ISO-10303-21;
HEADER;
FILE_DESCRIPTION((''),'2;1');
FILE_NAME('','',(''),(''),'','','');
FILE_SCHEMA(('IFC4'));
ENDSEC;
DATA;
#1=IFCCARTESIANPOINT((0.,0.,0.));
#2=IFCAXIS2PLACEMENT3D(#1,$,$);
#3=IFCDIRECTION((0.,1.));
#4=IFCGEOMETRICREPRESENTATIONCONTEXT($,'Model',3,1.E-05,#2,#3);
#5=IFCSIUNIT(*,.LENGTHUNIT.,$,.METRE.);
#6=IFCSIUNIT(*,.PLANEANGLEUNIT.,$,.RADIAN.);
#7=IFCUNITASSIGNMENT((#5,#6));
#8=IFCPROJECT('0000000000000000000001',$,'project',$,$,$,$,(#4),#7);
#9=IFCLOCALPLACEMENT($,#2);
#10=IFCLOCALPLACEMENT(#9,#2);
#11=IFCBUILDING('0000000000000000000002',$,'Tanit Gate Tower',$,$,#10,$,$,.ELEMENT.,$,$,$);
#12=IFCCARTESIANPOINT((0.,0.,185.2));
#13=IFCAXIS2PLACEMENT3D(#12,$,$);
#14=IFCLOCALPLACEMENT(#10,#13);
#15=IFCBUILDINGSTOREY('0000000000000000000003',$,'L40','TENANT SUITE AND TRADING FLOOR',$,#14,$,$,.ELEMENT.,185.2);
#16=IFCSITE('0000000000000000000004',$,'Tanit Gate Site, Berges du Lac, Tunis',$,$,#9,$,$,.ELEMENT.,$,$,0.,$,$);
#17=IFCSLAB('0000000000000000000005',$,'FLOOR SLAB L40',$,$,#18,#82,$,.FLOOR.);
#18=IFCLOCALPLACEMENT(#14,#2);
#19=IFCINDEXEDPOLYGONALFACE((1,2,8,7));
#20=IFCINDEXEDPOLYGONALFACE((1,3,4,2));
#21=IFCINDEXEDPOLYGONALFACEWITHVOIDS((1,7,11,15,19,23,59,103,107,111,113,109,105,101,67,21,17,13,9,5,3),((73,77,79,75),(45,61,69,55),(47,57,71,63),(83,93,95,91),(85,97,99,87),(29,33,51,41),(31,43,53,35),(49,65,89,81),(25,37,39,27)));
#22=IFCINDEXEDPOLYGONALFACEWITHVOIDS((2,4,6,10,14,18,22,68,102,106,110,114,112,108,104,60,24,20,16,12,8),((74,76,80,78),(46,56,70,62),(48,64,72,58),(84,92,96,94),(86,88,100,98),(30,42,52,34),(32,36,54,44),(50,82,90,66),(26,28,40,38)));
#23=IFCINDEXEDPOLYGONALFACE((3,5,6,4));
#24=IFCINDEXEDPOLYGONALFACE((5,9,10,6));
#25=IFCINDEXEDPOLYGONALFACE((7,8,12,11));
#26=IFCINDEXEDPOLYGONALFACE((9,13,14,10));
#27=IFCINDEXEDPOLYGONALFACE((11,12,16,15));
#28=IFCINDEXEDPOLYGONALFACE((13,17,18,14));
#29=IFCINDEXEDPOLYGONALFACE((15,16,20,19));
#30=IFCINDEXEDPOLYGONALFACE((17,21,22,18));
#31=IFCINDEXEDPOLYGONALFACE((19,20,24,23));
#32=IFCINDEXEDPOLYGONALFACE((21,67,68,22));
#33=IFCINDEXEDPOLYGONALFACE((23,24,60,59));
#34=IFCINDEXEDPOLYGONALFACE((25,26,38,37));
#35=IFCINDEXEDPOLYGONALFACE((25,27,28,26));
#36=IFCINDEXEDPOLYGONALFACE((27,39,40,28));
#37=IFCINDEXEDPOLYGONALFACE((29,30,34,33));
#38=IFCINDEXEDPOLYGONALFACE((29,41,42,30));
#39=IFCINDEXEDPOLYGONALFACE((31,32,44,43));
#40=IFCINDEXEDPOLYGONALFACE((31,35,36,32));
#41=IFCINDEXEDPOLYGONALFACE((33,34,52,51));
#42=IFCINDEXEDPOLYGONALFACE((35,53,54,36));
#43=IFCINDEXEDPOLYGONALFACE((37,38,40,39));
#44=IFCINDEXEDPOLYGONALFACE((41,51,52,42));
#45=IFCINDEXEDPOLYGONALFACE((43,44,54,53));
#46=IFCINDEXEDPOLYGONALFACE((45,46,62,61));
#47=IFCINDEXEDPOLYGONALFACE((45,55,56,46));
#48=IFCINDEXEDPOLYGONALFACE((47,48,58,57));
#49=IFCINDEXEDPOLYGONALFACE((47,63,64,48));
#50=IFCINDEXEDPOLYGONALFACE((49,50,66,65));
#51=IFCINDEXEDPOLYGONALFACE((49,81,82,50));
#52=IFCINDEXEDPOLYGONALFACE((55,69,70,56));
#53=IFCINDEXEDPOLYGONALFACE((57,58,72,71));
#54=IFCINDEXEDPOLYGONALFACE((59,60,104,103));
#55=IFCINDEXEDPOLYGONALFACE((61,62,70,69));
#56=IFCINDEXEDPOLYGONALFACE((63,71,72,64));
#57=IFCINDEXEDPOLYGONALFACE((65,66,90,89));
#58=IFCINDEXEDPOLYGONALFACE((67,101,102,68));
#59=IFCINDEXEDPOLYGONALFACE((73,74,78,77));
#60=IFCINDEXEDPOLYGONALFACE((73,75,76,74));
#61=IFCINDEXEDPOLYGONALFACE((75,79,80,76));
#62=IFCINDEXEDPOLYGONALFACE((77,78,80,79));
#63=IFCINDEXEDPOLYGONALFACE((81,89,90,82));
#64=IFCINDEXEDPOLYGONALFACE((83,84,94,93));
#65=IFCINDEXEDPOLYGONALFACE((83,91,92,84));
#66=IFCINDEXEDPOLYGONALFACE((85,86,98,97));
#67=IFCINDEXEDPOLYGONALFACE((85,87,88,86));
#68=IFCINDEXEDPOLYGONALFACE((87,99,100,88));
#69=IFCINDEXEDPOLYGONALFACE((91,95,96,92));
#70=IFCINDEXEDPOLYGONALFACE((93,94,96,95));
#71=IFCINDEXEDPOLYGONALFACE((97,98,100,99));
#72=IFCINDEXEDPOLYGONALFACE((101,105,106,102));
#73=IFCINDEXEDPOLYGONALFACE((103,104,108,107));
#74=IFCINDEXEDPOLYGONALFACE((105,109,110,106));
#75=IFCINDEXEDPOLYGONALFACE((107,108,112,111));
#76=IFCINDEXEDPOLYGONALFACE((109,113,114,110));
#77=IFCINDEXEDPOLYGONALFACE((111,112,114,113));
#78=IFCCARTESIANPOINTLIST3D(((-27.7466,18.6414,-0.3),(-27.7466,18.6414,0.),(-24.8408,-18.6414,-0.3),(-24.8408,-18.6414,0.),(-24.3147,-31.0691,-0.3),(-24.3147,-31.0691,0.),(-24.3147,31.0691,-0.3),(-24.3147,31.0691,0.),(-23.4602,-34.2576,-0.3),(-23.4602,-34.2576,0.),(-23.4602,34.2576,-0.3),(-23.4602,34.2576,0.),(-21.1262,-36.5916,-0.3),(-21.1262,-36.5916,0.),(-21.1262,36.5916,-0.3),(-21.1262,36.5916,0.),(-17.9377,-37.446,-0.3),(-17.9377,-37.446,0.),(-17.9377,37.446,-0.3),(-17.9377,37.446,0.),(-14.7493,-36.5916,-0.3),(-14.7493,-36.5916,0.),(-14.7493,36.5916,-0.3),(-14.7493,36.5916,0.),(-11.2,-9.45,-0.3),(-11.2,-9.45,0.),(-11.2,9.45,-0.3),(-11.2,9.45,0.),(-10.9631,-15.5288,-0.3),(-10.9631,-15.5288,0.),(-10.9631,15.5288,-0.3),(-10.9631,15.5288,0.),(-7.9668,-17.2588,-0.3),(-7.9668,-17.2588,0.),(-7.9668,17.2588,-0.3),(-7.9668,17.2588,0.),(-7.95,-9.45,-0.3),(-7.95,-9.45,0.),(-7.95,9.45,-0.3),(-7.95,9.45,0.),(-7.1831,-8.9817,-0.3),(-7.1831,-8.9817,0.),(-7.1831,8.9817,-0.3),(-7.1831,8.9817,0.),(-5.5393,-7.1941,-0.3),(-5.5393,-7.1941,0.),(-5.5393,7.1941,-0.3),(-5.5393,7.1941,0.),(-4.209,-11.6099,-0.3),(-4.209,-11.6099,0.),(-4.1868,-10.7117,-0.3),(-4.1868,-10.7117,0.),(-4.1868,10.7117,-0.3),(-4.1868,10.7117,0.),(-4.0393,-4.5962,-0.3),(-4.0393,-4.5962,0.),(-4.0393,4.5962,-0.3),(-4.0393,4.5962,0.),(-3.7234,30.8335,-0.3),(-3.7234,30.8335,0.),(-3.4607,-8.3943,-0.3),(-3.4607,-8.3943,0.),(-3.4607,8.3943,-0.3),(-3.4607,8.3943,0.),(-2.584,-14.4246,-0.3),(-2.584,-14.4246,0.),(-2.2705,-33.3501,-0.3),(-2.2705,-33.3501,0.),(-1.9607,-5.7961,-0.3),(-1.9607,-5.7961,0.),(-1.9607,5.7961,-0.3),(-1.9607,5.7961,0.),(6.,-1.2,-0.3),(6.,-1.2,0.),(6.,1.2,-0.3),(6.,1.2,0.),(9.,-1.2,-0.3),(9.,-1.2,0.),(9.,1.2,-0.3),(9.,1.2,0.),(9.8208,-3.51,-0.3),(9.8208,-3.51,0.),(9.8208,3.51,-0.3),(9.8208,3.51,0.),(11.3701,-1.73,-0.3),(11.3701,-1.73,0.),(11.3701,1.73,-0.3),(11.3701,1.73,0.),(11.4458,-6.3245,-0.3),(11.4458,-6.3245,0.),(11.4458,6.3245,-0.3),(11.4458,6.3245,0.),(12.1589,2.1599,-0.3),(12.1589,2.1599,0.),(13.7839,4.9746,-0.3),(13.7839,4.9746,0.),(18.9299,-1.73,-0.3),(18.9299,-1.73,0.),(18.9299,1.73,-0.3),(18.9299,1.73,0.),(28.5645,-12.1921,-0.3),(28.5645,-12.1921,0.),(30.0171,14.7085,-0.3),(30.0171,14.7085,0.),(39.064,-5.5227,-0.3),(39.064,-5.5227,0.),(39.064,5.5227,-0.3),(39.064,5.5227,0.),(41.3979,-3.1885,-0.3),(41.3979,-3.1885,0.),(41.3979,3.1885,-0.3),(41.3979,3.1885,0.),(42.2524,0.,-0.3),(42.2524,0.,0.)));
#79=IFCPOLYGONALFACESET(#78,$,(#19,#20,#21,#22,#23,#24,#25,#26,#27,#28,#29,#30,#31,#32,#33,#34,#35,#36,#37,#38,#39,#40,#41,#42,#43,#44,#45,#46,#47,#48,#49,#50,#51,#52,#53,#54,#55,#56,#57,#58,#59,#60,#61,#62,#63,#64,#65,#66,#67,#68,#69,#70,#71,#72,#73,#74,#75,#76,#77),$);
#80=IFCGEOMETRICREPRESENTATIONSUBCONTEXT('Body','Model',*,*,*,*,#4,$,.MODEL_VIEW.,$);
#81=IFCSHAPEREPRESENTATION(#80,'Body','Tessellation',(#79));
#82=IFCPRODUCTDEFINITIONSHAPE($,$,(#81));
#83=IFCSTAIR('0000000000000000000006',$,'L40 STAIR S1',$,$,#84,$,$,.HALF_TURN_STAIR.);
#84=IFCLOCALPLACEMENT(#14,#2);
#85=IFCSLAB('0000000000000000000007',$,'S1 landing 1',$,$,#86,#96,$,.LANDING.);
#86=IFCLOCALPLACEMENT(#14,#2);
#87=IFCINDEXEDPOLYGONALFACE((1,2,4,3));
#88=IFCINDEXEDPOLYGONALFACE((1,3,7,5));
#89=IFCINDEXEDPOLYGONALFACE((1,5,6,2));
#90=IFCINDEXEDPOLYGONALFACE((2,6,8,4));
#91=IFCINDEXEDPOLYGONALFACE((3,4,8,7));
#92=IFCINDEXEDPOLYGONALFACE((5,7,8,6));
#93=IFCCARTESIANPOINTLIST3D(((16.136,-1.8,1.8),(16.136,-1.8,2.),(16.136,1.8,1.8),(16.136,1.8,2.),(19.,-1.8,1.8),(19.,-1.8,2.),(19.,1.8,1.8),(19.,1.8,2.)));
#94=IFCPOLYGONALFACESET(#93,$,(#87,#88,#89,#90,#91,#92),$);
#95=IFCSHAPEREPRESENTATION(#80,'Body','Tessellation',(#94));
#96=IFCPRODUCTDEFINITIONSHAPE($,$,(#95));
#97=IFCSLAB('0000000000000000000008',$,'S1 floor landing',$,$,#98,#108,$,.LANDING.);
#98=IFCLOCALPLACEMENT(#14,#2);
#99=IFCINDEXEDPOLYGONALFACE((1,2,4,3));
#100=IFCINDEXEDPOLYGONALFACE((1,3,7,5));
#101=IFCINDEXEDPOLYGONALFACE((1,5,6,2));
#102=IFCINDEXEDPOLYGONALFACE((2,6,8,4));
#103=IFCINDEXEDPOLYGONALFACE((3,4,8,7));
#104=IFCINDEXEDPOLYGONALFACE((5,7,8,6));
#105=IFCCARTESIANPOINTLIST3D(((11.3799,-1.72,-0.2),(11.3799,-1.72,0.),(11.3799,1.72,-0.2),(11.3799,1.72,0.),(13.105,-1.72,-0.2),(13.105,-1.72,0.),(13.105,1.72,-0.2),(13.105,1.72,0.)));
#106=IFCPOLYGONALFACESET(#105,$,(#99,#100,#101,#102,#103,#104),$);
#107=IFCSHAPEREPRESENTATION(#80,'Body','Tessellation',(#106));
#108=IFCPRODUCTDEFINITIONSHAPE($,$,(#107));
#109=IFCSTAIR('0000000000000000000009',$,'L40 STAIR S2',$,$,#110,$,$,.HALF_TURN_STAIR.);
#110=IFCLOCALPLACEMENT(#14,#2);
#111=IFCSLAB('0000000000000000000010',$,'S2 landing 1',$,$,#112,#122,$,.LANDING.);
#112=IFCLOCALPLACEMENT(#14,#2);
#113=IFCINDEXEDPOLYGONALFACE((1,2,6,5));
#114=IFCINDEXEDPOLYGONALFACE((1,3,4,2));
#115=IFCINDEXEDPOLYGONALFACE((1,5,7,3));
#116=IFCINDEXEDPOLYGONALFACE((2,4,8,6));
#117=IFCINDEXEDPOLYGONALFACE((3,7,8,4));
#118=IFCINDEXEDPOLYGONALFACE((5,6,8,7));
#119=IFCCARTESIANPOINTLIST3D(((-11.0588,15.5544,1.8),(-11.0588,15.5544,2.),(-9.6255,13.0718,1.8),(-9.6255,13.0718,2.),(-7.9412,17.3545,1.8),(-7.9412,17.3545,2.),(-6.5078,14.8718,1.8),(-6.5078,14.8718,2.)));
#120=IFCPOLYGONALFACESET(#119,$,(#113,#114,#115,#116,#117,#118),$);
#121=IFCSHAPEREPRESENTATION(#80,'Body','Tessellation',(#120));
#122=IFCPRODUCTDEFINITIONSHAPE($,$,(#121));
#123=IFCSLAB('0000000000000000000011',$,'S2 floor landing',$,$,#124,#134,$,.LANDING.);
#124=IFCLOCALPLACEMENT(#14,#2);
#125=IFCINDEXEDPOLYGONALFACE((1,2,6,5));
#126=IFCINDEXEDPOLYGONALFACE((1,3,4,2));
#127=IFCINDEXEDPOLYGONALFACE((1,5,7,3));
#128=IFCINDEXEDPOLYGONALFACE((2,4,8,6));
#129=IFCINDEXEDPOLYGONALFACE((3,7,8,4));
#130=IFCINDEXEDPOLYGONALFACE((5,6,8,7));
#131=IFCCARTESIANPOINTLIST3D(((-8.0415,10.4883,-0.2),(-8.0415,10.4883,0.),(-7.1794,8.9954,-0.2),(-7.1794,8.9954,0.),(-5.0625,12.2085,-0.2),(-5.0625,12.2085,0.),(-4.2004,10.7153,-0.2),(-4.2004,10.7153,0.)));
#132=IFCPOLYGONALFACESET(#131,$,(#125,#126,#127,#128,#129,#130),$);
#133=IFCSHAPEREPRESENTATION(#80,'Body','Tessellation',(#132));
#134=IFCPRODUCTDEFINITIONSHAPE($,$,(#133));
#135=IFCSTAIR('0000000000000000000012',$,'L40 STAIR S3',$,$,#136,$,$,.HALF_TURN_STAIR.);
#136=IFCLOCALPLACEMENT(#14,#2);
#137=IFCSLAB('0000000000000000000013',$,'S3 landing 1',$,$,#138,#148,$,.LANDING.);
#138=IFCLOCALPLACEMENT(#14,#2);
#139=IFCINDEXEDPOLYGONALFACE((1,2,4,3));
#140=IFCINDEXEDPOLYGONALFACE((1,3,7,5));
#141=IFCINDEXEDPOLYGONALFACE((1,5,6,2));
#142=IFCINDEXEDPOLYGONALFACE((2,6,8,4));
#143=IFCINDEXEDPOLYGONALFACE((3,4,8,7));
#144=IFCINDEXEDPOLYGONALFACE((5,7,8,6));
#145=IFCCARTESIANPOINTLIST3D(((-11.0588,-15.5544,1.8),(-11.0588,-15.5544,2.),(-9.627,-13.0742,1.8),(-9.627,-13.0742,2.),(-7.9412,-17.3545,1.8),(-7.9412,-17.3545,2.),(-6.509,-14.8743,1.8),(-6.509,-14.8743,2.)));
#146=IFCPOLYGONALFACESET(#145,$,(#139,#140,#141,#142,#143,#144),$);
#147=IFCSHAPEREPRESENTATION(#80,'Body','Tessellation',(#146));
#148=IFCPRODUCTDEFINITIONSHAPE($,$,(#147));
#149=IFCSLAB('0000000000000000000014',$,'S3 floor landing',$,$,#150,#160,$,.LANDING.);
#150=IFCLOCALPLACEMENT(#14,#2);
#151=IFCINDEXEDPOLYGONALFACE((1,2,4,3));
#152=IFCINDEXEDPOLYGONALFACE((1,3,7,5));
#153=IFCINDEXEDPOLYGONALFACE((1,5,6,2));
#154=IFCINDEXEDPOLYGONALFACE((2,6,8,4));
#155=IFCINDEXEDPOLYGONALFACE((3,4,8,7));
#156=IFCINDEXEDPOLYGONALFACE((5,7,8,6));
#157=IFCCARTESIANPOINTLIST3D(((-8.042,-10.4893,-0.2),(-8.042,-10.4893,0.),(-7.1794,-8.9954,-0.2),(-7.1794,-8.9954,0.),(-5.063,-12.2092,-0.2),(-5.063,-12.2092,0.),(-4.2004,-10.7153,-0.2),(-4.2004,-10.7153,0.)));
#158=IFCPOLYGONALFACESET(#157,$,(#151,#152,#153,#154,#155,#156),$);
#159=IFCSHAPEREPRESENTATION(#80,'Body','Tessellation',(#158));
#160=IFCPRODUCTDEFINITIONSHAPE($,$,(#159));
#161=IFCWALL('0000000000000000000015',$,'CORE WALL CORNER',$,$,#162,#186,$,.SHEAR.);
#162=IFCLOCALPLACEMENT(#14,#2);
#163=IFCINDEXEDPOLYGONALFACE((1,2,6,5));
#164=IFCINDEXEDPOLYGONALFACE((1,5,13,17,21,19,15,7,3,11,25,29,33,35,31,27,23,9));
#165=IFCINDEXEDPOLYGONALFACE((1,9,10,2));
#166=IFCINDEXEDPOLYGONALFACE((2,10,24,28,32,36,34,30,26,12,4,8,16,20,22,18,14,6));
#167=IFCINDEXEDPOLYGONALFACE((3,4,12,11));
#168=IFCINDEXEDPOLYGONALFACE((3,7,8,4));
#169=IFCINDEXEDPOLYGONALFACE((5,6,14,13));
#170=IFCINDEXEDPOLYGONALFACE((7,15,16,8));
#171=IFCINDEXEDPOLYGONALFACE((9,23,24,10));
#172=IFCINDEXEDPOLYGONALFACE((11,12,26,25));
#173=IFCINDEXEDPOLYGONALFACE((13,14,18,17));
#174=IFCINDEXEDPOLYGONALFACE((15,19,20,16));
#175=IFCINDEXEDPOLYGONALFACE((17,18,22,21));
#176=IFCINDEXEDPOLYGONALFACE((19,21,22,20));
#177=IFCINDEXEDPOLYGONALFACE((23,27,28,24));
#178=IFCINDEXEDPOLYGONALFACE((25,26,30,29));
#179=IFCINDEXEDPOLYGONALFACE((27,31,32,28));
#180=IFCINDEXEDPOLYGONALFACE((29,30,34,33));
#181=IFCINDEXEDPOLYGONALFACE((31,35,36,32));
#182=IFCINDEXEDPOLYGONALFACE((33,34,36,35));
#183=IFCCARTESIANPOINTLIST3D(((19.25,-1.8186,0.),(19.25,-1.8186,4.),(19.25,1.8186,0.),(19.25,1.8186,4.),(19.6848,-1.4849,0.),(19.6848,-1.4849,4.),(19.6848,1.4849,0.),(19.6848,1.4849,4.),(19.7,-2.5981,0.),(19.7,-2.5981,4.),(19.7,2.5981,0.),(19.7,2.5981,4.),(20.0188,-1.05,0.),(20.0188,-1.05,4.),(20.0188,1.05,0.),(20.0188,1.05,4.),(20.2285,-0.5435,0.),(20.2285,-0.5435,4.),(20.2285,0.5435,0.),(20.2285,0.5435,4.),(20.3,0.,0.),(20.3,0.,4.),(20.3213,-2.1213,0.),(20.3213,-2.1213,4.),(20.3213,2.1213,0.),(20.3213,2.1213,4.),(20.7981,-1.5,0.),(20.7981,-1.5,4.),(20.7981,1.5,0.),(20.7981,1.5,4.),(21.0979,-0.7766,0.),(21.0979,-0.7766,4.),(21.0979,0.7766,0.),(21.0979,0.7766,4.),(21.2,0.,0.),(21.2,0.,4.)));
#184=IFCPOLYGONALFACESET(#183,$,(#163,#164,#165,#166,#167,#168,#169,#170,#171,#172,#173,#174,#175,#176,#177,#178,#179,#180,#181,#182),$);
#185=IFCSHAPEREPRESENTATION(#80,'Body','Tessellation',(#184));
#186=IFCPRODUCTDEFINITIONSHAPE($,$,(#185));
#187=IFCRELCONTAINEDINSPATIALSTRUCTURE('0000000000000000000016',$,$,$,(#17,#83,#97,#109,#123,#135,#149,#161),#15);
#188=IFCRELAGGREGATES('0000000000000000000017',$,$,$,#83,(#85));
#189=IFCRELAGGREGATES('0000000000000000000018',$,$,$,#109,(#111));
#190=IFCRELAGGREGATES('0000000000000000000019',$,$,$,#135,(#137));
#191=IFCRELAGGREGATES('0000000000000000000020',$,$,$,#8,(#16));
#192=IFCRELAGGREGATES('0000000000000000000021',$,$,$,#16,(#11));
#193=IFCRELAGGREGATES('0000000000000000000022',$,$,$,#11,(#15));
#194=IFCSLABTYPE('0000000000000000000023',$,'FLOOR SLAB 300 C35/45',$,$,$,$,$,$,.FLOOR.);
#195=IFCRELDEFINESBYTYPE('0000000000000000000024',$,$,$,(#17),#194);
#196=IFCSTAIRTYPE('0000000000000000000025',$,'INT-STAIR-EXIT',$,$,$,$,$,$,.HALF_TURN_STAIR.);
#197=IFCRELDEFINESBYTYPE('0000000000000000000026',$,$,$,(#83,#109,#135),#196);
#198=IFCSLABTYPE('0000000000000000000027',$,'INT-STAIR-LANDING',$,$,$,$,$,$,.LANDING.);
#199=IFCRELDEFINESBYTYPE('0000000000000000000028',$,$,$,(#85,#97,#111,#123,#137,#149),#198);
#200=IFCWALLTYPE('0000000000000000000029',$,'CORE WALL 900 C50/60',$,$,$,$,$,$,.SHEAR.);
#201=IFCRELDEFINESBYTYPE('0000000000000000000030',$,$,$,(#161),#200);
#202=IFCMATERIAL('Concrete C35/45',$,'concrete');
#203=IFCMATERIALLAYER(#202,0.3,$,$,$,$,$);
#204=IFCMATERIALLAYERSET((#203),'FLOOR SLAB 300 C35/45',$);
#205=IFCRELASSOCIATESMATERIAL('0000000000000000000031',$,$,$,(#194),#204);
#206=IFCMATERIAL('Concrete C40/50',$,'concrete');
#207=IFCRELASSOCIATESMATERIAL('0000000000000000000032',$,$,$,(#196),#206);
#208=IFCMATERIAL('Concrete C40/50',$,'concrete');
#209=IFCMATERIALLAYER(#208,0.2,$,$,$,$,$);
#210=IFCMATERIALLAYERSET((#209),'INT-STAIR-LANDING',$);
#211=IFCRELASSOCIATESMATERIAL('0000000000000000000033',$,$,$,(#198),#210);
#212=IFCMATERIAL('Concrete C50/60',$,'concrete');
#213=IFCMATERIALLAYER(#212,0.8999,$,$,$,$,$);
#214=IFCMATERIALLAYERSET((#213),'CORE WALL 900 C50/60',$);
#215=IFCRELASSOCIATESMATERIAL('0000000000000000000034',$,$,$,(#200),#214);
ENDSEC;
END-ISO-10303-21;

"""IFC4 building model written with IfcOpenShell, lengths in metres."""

from ifc_helpers import new_model, si_unit, direction, frame, origin, place, context, subcontext, project, spatial, polyline, outline, extrude, material, layer, layer_set, type_object, element, aggregate, save


model = new_model("IFC4")

# Units and contexts
model_context = context("Model", 3, precision=1e-05, world=origin(), true_north=direction((0.0, 1.0)))
body_context = subcontext(model_context, "Body", "Model", "MODEL_VIEW")
ifc_project = project(units=[si_unit("LENGTHUNIT", "METRE"), si_unit("PLANEANGLEUNIT", "RADIAN")], contexts=[model_context])

# Site, building, storey
site_placement = place(None, origin())
site = spatial("IfcSite", under=ifc_project, at=site_placement, Name="Tanit Gate Site, Berges du Lac, Tunis", CompositionType="ELEMENT", RefElevation=0.0)
building_placement = place(site_placement, origin())
building = spatial("IfcBuilding", under=site, at=building_placement, Name="Tanit Gate Tower", CompositionType="ELEMENT")
storey_placement = place(building_placement, frame((0.0, 0.0, 185.2)))
storey = spatial("IfcBuildingStorey", under=building, at=storey_placement, Name="L40", Description="TENANT SUITE AND TRADING FLOOR", CompositionType="ELEMENT", Elevation=185.2)

# Slab
ifc_material_1 = material(Name="Concrete C35/45", Category="concrete")
ifc_layer_1 = layer(ifc_material_1, 0.3)
ifc_layer_set_1 = layer_set([ifc_layer_1], Name="FLOOR SLAB 300 C35/45")
slab_type_1 = type_object("IfcSlabType", Name="FLOOR SLAB 300 C35/45", PredefinedType="FLOOR", material=ifc_layer_set_1)
slab_1_placement = place(storey_placement, frame((0.0, 0.0, -0.3)))
element("IfcSlab", 1, at=slab_1_placement, inside=storey, type_object=slab_type_1, Name="FLOOR SLAB L40", PredefinedType="FLOOR", context=body_context, shape_type="SweptSolid", body=[
    extrude(outline(polyline([(39.064, 5.5227), (41.3979, 3.1885), (42.2524, 0.0), (41.3979, -3.1885), (39.064, -5.5227), (28.5645, -12.1921), (-2.2705, -33.3501), (-14.7493, -36.5916), (-17.9377, -37.446), (-21.1262, -36.5916), (-23.4602, -34.2576), (-24.3147, -31.0691), (-24.8408, -18.6414), (-27.7466, 18.6414), (-24.3147, 31.0691), (-23.4602, 34.2576), (-21.1262, 36.5916), (-17.9377, 37.446), (-14.7493, 36.5916), (-3.7234, 30.8335), (30.0171, 14.7085), (39.064, 5.5227)]), holes=[polyline([(11.3701, 1.73), (18.9299, 1.73), (18.9299, -1.73), (11.3701, -1.73), (11.3701, 1.73)]), polyline([(9.8208, 3.51), (11.4458, 6.3245), (13.7839, 4.9746), (12.1589, 2.1599), (9.8208, 3.51)]), polyline([(-4.209, -11.6099), (9.8208, -3.51), (11.4458, -6.3245), (-2.584, -14.4246), (-4.209, -11.6099)]), polyline([(6.0, 1.2), (9.0, 1.2), (9.0, -1.2), (6.0, -1.2), (6.0, 1.2)]), polyline([(-5.5393, 7.1941), (-3.4607, 8.3943), (-1.9607, 5.7961), (-4.0393, 4.5962), (-5.5393, 7.1941)]), polyline([(-1.9607, -5.7961), (-3.4607, -8.3943), (-5.5393, -7.1941), (-4.0393, -4.5962), (-1.9607, -5.7961)]), polyline([(-10.9631, 15.5288), (-7.9668, 17.2588), (-4.1868, 10.7117), (-7.1831, 8.9817), (-10.9631, 15.5288)]), polyline([(-4.1868, -10.7117), (-7.9668, -17.2588), (-10.9631, -15.5288), (-7.1831, -8.9817), (-4.1868, -10.7117)]), polyline([(-11.2, -9.45), (-11.2, 9.45), (-7.95, 9.45), (-7.95, -9.45), (-11.2, -9.45)])]), origin(), (0.0, 0.0, 1.0), 0.3),
])

# Stair, slab
ifc_material_2 = material(Name="Concrete C40/50", Category="concrete")
stair_type = type_object("IfcStairType", Name="INT-STAIR-EXIT", PredefinedType="HALF_TURN_STAIR", material=ifc_material_2)
stair_1_placement = place(storey_placement, origin())
stair_1 = element("IfcStair", 2, at=stair_1_placement, inside=storey, type_object=stair_type, Name="L40 STAIR S1", PredefinedType="HALF_TURN_STAIR")
ifc_material_3 = material(Name="Concrete C40/50", Category="concrete")
ifc_layer_2 = layer(ifc_material_3, 0.2)
ifc_layer_set_2 = layer_set([ifc_layer_2], Name="INT-STAIR-LANDING")
slab_type_2 = type_object("IfcSlabType", Name="INT-STAIR-LANDING", PredefinedType="LANDING", material=ifc_layer_set_2)
slab_2_placement = place(storey_placement, frame((0.0, 0.0, 1.8)))
slab_2 = element("IfcSlab", 3, at=slab_2_placement, type_object=slab_type_2, Name="S1 landing 1", PredefinedType="LANDING", context=body_context, shape_type="SweptSolid", body=[
    extrude(outline(polyline([(16.136, -1.8), (19.0, -1.8), (19.0, 1.8), (16.136, 1.8), (16.136, -1.8)])), origin(), (0.0, 0.0, 1.0), 0.2),
])
aggregate(stair_1, [slab_2])

# Slab
slab_3_placement = place(storey_placement, frame((0.0, 0.0, -0.2)))
element("IfcSlab", 4, at=slab_3_placement, inside=storey, type_object=slab_type_2, Name="S1 floor landing", PredefinedType="LANDING", context=body_context, shape_type="SweptSolid", body=[
    extrude(outline(polyline([(11.3799, -1.72), (13.105, -1.72), (13.105, 1.72), (11.3799, 1.72), (11.3799, -1.72)])), origin(), (0.0, 0.0, 1.0), 0.2),
])

# Stair, slab
stair_2_placement = place(storey_placement, origin())
stair_2 = element("IfcStair", 5, at=stair_2_placement, inside=storey, type_object=stair_type, Name="L40 STAIR S2", PredefinedType="HALF_TURN_STAIR")
slab_4_placement = place(storey_placement, frame((0.0, 0.0, 1.8)))
slab_4 = element("IfcSlab", 6, at=slab_4_placement, type_object=slab_type_2, Name="S2 landing 1", PredefinedType="LANDING", context=body_context, shape_type="SweptSolid", body=[
    extrude(outline(polyline([(-6.5078, 14.8718), (-7.9412, 17.3545), (-11.0588, 15.5544), (-9.6255, 13.0718), (-6.5078, 14.8718)])), origin(), (0.0, 0.0, 1.0), 0.2),
])
aggregate(stair_2, [slab_4])

# Slab
slab_5_placement = place(storey_placement, frame((0.0, 0.0, -0.2)))
element("IfcSlab", 7, at=slab_5_placement, inside=storey, type_object=slab_type_2, Name="S2 floor landing", PredefinedType="LANDING", context=body_context, shape_type="SweptSolid", body=[
    extrude(outline(polyline([(-4.2004, 10.7153), (-5.0625, 12.2085), (-8.0415, 10.4883), (-7.1794, 8.9954), (-4.2004, 10.7153)])), origin(), (0.0, 0.0, 1.0), 0.2),
])

# Stair, slab
stair_3_placement = place(storey_placement, origin())
stair_3 = element("IfcStair", 8, at=stair_3_placement, inside=storey, type_object=stair_type, Name="L40 STAIR S3", PredefinedType="HALF_TURN_STAIR")
slab_6_placement = place(storey_placement, frame((0.0, 0.0, 1.8)))
slab_6 = element("IfcSlab", 9, at=slab_6_placement, type_object=slab_type_2, Name="S3 landing 1", PredefinedType="LANDING", context=body_context, shape_type="SweptSolid", body=[
    extrude(outline(polyline([(-9.627, -13.0742), (-11.0588, -15.5544), (-7.9412, -17.3545), (-6.509, -14.8743), (-9.627, -13.0742)])), origin(), (0.0, 0.0, 1.0), 0.2),
])
aggregate(stair_3, [slab_6])

# Slab
slab_7_placement = place(storey_placement, frame((0.0, 0.0, -0.2)))
element("IfcSlab", 10, at=slab_7_placement, inside=storey, type_object=slab_type_2, Name="S3 floor landing", PredefinedType="LANDING", context=body_context, shape_type="SweptSolid", body=[
    extrude(outline(polyline([(-7.1794, -8.9954), (-8.042, -10.4893), (-5.063, -12.2092), (-4.2004, -10.7153), (-7.1794, -8.9954)])), origin(), (0.0, 0.0, 1.0), 0.2),
])

# Wall
ifc_material_4 = material(Name="Concrete C50/60", Category="concrete")
ifc_layer_3 = layer(ifc_material_4, 0.8999)
ifc_layer_set_3 = layer_set([ifc_layer_3], Name="CORE WALL 900 C50/60")
wall_type_1 = type_object("IfcWallType", Name="CORE WALL 900 C50/60", PredefinedType="SHEAR", material=ifc_layer_set_3)
wall_1_placement = place(storey_placement, origin())
element("IfcWall", 11, at=wall_1_placement, inside=storey, type_object=wall_type_1, Name="CORE WALL CORNER", PredefinedType="SHEAR", context=body_context, shape_type="SweptSolid", body=[
    extrude(outline(polyline([(19.7, -2.5981), (20.3213, -2.1213), (20.7981, -1.5), (21.0979, -0.7766), (21.2, 0.0), (21.0979, 0.7766), (20.7981, 1.5), (20.3213, 2.1213), (19.7, 2.5981), (19.25, 1.8186), (19.6848, 1.4849), (20.0188, 1.05), (20.2285, 0.5435), (20.3, 0.0), (20.2285, -0.5435), (20.0188, -1.05), (19.6848, -1.4849), (19.25, -1.8186), (19.7, -2.5981)])), origin(), (0.0, 0.0, 1.0), 4.0),
])

save(model, "model.ifc")
